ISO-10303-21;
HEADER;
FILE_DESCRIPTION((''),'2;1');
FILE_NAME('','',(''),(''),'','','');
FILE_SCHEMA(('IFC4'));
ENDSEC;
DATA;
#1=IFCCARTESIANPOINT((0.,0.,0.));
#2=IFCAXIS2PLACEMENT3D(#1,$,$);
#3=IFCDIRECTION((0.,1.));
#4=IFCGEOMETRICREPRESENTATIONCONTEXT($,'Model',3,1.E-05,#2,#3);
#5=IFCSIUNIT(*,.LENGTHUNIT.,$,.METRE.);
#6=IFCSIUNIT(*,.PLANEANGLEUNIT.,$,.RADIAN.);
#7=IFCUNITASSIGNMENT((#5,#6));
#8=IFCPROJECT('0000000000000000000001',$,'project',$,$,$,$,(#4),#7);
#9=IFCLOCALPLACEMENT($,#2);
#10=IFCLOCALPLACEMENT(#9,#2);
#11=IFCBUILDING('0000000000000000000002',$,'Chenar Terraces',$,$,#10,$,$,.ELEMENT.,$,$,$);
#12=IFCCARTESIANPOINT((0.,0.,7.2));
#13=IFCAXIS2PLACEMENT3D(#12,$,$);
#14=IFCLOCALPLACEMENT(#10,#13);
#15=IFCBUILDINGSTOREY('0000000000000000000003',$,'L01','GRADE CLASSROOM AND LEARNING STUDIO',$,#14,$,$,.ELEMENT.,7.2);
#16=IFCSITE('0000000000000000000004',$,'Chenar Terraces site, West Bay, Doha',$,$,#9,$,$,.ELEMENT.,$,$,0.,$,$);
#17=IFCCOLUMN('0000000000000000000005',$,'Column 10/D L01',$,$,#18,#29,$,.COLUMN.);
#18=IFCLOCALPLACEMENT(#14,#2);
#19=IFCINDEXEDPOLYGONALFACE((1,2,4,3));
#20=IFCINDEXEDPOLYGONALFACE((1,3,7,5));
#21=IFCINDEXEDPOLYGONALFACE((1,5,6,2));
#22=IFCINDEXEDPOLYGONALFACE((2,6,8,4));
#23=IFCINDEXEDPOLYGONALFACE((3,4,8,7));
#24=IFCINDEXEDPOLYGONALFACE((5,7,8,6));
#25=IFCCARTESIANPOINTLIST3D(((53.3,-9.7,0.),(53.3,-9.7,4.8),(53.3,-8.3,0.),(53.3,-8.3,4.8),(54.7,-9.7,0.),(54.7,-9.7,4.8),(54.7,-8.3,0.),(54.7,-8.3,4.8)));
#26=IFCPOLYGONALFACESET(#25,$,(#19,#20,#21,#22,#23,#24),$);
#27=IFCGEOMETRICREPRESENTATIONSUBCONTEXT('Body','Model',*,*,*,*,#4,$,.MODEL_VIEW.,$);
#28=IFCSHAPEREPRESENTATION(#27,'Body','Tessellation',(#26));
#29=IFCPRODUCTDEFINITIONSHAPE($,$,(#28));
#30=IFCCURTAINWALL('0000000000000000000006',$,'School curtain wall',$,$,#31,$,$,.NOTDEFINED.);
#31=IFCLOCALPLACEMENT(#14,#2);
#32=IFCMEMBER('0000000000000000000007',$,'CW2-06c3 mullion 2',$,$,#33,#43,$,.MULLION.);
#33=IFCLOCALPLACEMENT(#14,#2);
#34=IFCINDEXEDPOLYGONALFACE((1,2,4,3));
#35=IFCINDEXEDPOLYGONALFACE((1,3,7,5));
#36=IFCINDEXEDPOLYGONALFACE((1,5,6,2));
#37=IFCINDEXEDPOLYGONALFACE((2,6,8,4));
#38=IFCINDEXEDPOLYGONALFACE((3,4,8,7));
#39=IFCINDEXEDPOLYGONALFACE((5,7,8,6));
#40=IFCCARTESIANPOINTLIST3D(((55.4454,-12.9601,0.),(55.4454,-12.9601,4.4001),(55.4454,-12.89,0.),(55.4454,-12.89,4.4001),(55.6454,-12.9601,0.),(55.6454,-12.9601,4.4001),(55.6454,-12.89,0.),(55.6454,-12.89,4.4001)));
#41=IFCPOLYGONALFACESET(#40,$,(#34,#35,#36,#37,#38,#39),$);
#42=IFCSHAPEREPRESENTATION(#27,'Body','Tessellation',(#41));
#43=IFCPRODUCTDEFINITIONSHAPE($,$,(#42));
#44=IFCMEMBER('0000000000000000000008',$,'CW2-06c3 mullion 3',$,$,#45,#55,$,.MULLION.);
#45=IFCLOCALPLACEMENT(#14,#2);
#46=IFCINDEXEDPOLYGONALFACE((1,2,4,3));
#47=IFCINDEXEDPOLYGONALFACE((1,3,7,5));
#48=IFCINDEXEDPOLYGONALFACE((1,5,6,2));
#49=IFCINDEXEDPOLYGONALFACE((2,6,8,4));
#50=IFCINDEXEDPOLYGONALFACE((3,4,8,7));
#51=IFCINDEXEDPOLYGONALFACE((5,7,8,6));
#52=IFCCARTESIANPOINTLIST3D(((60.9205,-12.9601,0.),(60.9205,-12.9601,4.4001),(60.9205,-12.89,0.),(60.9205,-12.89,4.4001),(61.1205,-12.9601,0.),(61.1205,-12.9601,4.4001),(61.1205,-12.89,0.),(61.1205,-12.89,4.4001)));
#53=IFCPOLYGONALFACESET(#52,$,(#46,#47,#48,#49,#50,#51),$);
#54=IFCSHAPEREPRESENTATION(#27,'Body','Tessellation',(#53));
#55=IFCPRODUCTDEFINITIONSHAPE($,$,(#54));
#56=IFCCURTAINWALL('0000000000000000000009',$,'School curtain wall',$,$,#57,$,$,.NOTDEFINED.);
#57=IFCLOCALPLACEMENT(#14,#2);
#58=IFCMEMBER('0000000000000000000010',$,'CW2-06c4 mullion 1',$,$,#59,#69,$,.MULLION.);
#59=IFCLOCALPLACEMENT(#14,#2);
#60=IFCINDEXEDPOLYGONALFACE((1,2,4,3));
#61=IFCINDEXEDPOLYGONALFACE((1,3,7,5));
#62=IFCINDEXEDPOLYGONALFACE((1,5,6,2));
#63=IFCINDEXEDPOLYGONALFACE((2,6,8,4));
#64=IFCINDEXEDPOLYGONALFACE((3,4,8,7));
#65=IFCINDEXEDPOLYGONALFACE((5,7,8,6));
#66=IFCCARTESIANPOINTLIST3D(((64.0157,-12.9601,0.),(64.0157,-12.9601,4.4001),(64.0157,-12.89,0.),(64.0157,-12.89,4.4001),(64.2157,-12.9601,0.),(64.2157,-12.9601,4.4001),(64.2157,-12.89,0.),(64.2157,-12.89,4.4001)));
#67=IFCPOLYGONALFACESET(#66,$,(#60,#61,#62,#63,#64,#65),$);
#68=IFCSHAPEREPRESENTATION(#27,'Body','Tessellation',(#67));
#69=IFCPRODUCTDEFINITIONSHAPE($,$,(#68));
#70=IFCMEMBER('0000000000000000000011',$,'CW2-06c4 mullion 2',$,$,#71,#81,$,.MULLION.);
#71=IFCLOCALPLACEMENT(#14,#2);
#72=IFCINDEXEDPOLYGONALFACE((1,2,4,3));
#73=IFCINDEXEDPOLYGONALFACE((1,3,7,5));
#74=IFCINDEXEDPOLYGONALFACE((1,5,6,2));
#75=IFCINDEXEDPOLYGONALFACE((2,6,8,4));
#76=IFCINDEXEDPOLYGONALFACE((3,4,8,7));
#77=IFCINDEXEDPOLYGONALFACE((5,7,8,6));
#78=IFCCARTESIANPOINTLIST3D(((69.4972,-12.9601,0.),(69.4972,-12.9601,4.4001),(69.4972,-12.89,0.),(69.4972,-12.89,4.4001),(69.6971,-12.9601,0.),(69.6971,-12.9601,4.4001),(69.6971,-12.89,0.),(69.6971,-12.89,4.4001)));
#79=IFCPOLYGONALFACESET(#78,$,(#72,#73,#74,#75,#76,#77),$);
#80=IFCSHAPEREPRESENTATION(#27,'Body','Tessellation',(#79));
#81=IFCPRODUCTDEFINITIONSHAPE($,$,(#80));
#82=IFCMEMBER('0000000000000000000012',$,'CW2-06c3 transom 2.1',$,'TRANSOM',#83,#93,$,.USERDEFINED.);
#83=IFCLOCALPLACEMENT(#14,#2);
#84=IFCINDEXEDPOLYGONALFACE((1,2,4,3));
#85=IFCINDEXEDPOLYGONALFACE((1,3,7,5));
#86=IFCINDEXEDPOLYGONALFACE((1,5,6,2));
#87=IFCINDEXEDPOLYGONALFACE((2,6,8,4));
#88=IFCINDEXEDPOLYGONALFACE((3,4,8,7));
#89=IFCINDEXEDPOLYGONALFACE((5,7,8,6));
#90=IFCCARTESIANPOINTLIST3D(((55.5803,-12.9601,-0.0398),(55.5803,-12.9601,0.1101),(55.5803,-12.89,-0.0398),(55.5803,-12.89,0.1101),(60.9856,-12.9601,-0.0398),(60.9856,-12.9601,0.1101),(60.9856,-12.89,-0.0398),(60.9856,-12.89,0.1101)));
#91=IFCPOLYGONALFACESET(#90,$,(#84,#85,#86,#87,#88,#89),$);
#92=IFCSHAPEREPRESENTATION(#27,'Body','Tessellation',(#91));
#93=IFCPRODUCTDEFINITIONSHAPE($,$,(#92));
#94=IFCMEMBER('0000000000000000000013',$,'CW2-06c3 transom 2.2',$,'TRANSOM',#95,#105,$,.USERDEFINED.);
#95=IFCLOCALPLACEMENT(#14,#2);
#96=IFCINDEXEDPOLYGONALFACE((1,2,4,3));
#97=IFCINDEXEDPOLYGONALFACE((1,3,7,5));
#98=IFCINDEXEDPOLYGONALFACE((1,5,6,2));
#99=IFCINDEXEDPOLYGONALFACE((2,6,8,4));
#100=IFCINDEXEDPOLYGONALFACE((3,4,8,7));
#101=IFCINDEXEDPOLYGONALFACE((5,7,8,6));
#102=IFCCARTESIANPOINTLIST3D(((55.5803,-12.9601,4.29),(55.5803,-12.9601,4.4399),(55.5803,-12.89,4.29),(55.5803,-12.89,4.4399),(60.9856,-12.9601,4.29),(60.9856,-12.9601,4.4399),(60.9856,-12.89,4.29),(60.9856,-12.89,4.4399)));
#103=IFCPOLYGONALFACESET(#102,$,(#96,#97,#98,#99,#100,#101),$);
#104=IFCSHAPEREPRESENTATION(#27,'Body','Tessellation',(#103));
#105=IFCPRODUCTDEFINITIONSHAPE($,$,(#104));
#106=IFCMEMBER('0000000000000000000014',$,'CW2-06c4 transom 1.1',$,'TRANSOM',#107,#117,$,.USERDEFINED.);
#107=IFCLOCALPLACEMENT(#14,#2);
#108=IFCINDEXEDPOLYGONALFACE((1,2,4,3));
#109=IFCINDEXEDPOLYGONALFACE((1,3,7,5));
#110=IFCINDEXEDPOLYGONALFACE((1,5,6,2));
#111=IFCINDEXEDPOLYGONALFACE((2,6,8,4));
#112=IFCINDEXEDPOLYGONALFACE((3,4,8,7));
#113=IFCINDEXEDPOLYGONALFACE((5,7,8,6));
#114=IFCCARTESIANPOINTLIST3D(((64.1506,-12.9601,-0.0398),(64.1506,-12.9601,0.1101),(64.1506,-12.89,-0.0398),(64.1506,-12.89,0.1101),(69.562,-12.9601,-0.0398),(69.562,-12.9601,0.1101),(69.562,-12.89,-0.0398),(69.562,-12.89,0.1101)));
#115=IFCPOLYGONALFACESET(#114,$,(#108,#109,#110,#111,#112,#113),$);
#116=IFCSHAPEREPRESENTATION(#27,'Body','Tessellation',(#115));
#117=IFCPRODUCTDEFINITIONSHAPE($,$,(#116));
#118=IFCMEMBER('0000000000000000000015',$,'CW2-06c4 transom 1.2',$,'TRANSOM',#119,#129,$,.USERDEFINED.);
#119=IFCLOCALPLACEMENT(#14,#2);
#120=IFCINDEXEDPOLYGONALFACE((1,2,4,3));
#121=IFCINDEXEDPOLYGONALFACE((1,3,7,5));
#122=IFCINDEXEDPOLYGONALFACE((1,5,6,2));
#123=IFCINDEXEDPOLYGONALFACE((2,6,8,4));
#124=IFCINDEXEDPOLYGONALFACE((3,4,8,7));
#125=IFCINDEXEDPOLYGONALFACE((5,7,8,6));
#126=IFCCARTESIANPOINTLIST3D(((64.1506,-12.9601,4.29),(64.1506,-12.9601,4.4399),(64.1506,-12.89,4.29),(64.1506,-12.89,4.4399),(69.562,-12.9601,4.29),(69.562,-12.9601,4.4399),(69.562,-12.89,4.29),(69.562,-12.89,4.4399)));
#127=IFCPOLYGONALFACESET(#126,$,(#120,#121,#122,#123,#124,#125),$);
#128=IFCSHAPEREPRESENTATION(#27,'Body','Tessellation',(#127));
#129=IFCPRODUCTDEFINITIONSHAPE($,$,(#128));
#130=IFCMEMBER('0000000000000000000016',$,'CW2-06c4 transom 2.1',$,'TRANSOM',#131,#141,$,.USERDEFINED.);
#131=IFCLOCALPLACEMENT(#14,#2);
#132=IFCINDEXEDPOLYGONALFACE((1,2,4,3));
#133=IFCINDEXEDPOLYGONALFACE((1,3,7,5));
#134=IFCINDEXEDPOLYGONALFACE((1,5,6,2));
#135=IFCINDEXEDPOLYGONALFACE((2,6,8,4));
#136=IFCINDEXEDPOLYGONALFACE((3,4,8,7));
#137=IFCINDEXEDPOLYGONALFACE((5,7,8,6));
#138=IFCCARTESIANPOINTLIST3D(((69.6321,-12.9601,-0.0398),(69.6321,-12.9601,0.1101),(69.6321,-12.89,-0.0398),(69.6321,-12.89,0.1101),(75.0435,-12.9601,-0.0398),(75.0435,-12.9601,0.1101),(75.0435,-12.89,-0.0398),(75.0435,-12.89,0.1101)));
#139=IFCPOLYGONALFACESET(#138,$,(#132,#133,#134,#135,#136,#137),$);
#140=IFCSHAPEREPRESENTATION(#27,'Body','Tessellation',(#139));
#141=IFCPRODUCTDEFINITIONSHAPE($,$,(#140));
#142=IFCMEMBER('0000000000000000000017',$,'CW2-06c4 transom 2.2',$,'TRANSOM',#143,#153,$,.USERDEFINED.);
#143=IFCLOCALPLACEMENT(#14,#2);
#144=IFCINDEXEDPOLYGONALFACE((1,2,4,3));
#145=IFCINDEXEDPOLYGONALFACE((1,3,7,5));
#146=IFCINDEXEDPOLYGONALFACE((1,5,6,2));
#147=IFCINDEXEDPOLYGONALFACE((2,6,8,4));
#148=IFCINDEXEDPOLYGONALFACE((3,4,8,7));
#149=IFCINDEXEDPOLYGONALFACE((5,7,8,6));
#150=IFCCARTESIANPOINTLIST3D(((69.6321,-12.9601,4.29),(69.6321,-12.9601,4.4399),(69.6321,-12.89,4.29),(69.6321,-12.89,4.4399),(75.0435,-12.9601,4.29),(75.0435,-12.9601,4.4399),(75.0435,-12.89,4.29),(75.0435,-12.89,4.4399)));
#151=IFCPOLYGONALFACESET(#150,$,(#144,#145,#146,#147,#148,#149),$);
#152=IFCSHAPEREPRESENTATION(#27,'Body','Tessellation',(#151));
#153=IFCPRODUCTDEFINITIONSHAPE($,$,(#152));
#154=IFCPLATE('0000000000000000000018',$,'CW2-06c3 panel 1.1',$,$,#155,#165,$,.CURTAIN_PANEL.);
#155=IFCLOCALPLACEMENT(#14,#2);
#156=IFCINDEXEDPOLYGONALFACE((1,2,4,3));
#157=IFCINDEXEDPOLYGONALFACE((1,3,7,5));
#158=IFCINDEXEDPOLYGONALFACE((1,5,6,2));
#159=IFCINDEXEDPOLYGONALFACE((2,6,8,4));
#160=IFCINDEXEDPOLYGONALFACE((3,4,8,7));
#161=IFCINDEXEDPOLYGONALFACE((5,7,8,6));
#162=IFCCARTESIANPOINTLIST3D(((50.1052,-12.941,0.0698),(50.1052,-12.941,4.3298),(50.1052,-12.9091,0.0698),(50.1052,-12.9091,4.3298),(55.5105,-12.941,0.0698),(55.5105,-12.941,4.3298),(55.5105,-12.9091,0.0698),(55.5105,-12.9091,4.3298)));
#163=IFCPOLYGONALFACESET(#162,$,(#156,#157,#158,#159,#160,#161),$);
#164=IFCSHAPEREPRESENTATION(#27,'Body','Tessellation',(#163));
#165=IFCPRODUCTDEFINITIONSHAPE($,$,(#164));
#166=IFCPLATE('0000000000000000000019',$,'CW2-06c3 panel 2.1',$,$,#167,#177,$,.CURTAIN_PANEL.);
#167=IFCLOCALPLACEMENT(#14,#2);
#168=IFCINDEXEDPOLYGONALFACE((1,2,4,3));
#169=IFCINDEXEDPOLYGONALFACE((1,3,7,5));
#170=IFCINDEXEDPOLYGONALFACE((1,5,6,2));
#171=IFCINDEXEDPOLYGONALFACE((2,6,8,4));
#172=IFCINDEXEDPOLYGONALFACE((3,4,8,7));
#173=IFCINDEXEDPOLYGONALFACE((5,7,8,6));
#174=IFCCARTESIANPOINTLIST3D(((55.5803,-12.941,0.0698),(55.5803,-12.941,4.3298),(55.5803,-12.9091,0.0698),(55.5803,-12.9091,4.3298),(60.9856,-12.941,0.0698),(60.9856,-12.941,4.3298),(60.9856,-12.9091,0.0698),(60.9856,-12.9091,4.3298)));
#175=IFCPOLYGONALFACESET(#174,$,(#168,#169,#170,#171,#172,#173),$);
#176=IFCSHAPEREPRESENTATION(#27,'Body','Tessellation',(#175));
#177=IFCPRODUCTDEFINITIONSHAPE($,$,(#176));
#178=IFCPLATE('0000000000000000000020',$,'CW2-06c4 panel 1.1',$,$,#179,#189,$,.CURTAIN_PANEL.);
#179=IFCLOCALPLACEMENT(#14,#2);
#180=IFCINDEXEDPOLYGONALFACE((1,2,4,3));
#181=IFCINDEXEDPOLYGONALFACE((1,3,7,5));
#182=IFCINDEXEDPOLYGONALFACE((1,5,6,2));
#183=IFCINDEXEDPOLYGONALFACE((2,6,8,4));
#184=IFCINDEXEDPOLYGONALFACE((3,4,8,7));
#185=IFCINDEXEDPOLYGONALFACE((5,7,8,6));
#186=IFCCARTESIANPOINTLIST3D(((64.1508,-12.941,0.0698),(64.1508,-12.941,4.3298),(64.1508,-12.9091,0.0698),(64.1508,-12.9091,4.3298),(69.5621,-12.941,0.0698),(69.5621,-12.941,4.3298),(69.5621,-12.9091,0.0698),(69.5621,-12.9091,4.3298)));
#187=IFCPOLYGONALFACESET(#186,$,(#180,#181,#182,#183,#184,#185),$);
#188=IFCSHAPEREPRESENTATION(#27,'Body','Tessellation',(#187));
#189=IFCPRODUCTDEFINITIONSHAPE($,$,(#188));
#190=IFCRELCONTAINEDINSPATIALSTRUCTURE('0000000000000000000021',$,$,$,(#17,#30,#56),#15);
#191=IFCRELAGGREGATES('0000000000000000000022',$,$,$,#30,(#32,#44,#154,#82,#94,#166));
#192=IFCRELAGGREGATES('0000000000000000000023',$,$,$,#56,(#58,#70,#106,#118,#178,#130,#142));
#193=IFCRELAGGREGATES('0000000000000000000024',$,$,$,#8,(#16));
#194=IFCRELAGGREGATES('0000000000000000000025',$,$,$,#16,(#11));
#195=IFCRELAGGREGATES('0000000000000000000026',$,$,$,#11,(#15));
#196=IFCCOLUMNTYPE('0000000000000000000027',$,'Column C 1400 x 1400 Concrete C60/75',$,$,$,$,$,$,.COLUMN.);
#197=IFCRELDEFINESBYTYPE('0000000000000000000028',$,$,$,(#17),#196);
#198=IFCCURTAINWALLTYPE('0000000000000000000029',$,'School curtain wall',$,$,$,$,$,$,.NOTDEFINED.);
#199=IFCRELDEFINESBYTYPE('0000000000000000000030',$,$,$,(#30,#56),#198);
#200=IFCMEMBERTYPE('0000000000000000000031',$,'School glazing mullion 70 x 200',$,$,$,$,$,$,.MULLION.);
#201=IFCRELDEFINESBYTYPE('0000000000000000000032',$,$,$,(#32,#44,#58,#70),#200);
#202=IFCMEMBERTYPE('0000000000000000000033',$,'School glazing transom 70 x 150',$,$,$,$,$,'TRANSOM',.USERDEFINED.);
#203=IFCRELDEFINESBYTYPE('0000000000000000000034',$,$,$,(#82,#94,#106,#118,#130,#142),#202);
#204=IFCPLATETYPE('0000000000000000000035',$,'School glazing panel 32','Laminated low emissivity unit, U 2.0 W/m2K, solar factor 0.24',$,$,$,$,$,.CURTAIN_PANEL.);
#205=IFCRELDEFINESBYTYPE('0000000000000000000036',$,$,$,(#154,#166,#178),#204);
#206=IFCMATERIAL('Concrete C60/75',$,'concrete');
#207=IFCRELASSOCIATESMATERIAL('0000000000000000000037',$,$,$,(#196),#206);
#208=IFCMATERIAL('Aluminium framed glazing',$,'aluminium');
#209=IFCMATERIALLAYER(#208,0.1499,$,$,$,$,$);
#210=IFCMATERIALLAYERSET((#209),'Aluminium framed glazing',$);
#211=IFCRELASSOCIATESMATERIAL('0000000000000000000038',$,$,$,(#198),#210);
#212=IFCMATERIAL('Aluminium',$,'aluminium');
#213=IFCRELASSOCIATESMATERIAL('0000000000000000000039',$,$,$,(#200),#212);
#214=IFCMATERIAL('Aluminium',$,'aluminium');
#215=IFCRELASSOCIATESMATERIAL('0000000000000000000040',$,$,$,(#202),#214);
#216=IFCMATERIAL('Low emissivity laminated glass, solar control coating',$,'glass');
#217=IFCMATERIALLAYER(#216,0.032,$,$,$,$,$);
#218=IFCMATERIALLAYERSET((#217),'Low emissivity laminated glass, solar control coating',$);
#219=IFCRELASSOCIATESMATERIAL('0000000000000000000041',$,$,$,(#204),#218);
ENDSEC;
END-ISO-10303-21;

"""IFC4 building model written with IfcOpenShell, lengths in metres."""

from ifc_helpers import new_model, si_unit, direction, frame, origin, origin_2d, place, context, subcontext, project, spatial, rectangle, extrude, material, layer, layer_set, material_profile, profile_set, type_object, element, aggregate, save


model = new_model("IFC4")

# Units and contexts
model_context = context("Model", 3, precision=1e-05, world=origin(), true_north=direction((0.0, 1.0)))
body_context = subcontext(model_context, "Body", "Model", "MODEL_VIEW")
ifc_project = project(units=[si_unit("LENGTHUNIT", "METRE"), si_unit("PLANEANGLEUNIT", "RADIAN")], contexts=[model_context])

# Site, building, storey
site_placement = place(None, origin())
site = spatial("IfcSite", under=ifc_project, at=site_placement, Name="Chenar Terraces site, West Bay, Doha", CompositionType="ELEMENT", RefElevation=0.0)
building_placement = place(site_placement, origin())
building = spatial("IfcBuilding", under=site, at=building_placement, Name="Chenar Terraces", CompositionType="ELEMENT")
storey_placement = place(building_placement, frame((0.0, 0.0, 7.2)))
storey = spatial("IfcBuildingStorey", under=building, at=storey_placement, Name="L01", Description="GRADE CLASSROOM AND LEARNING STUDIO", CompositionType="ELEMENT", Elevation=7.2)

# Column
ifc_material_1 = material(Name="Concrete C60/75", Category="concrete")
ifc_material_profile_1 = material_profile(ifc_material_1, rectangle(XDim=1.3999, YDim=1.3999, at=origin_2d()), Name="C 1400 x 1400")
ifc_profile_set_1 = profile_set([ifc_material_profile_1], Name="Concrete C60/75")
column_type = type_object("IfcColumnType", Name="Column C 1400 x 1400 Concrete C60/75", PredefinedType="COLUMN", material=ifc_profile_set_1)
column_placement = place(storey_placement, frame((54.0, -9.0, 0.0), z_axis=(0.0, 0.0, 1.0), x_axis=(1.0, 0.0, 0.0)))
element("IfcColumn", 1, at=column_placement, inside=storey, type_object=column_type, Name="Column 10/D L01", PredefinedType="COLUMN", context=body_context, shape_type="SweptSolid", body=[
    extrude(rectangle(XDim=1.3999, YDim=1.3999, at=origin_2d()), origin(), (0.0, 0.0, 1.0), 4.8),
])

# Curtain walls, members
ifc_material_2 = material(Name="Aluminium framed glazing", Category="aluminium")
ifc_layer_1 = layer(ifc_material_2, 0.1499)
ifc_layer_set_1 = layer_set([ifc_layer_1], Name="Aluminium framed glazing")
curtain_wall_type = type_object("IfcCurtainWallType", Name="School curtain wall", PredefinedType="NOTDEFINED", material=ifc_layer_set_1)
placement = place(storey_placement, origin())
curtain_wall_1 = element("IfcCurtainWall", 2, at=placement, inside=storey, type_object=curtain_wall_type, Name="School curtain wall", PredefinedType="NOTDEFINED")
ifc_material_3 = material(Name="Aluminium", Category="aluminium")
ifc_material_profile_2 = material_profile(ifc_material_3, rectangle(XDim=0.0701, YDim=0.2, at=origin_2d()), Name="School glazing mullion 70 x 200")
ifc_profile_set_2 = profile_set([ifc_material_profile_2], Name="Aluminium")
member_type_1 = type_object("IfcMemberType", Name="School glazing mullion 70 x 200", PredefinedType="MULLION", material=ifc_profile_set_2)
member_1_placement = place(storey_placement, frame((55.5454, -12.925, 0.0), z_axis=(0.0, 0.0, 1.0), x_axis=(0.0, 1.0, 0.0)))
member_1 = element("IfcMember", 3, at=member_1_placement, type_object=member_type_1, Name="CW2-06c3 mullion 2", PredefinedType="MULLION", context=body_context, shape_type="SweptSolid", body=[
    extrude(rectangle(XDim=0.0701, YDim=0.2, at=origin_2d()), origin(), (0.0, 0.0, 1.0), 4.4001),
])
member_2_placement = place(storey_placement, frame((61.0205, -12.925, 0.0), z_axis=(0.0, 0.0, 1.0), x_axis=(0.0, 1.0, 0.0)))
member_2 = element("IfcMember", 4, at=member_2_placement, type_object=member_type_1, Name="CW2-06c3 mullion 3", PredefinedType="MULLION", context=body_context, shape_type="SweptSolid", body=[
    extrude(rectangle(XDim=0.0701, YDim=0.2, at=origin_2d()), origin(), (0.0, 0.0, 1.0), 4.4001),
])
curtain_wall_2 = element("IfcCurtainWall", 5, at=placement, inside=storey, type_object=curtain_wall_type, Name="School curtain wall", PredefinedType="NOTDEFINED")
member_3_placement = place(storey_placement, frame((64.1157, -12.925, 0.0), z_axis=(0.0, 0.0, 1.0), x_axis=(0.0, 1.0, 0.0)))
member_3 = element("IfcMember", 6, at=member_3_placement, type_object=member_type_1, Name="CW2-06c4 mullion 1", PredefinedType="MULLION", context=body_context, shape_type="SweptSolid", body=[
    extrude(rectangle(XDim=0.0701, YDim=0.2, at=origin_2d()), origin(), (0.0, 0.0, 1.0), 4.4001),
])
member_4_placement = place(storey_placement, frame((69.5972, -12.925, 0.0), z_axis=(0.0, 0.0, 1.0), x_axis=(0.0, 1.0, 0.0)))
member_4 = element("IfcMember", 7, at=member_4_placement, type_object=member_type_1, Name="CW2-06c4 mullion 2", PredefinedType="MULLION", context=body_context, shape_type="SweptSolid", body=[
    extrude(rectangle(XDim=0.0701, YDim=0.2, at=origin_2d()), origin(), (0.0, 0.0, 1.0), 4.4001),
])

# Members
ifc_material_4 = material(Name="Aluminium", Category="aluminium")
ifc_material_profile_3 = material_profile(ifc_material_4, rectangle(XDim=0.0701, YDim=0.1499, at=origin_2d()), Name="School glazing transom 70 x 150")
ifc_profile_set_3 = profile_set([ifc_material_profile_3], Name="Aluminium")
member_type_2 = type_object("IfcMemberType", Name="School glazing transom 70 x 150", ElementType="TRANSOM", PredefinedType="USERDEFINED", material=ifc_profile_set_3)
member_5_placement = place(storey_placement, frame((55.5803, -12.925, 0.0352), z_axis=(1.0, 0.0, 0.0), x_axis=(0.0, 1.0, 0.0)))
member_5 = element("IfcMember", 8, at=member_5_placement, type_object=member_type_2, Name="CW2-06c3 transom 2.1", ObjectType="TRANSOM", PredefinedType="USERDEFINED", context=body_context, shape_type="SweptSolid", body=[
    extrude(rectangle(XDim=0.0701, YDim=0.1499, at=origin_2d()), origin(), (0.0, 0.0, 1.0), 5.4053),
])
member_6_placement = place(storey_placement, frame((55.5803, -12.925, 4.365), z_axis=(1.0, 0.0, 0.0), x_axis=(0.0, 1.0, 0.0)))
member_6 = element("IfcMember", 9, at=member_6_placement, type_object=member_type_2, Name="CW2-06c3 transom 2.2", ObjectType="TRANSOM", PredefinedType="USERDEFINED", context=body_context, shape_type="SweptSolid", body=[
    extrude(rectangle(XDim=0.0701, YDim=0.1499, at=origin_2d()), origin(), (0.0, 0.0, 1.0), 5.4053),
])
member_7_placement = place(storey_placement, frame((64.1506, -12.925, 0.0352), z_axis=(1.0, 0.0, 0.0), x_axis=(0.0, 1.0, 0.0)))
member_7 = element("IfcMember", 10, at=member_7_placement, type_object=member_type_2, Name="CW2-06c4 transom 1.1", ObjectType="TRANSOM", PredefinedType="USERDEFINED", context=body_context, shape_type="SweptSolid", body=[
    extrude(rectangle(XDim=0.0701, YDim=0.1499, at=origin_2d()), origin(), (0.0, 0.0, 1.0), 5.4114),
])
member_8_placement = place(storey_placement, frame((64.1506, -12.925, 4.365), z_axis=(1.0, 0.0, 0.0), x_axis=(0.0, 1.0, 0.0)))
member_8 = element("IfcMember", 11, at=member_8_placement, type_object=member_type_2, Name="CW2-06c4 transom 1.2", ObjectType="TRANSOM", PredefinedType="USERDEFINED", context=body_context, shape_type="SweptSolid", body=[
    extrude(rectangle(XDim=0.0701, YDim=0.1499, at=origin_2d()), origin(), (0.0, 0.0, 1.0), 5.4114),
])
member_9_placement = place(storey_placement, frame((69.6321, -12.925, 0.0352), z_axis=(1.0, 0.0, 0.0), x_axis=(0.0, 1.0, 0.0)))
member_9 = element("IfcMember", 12, at=member_9_placement, type_object=member_type_2, Name="CW2-06c4 transom 2.1", ObjectType="TRANSOM", PredefinedType="USERDEFINED", context=body_context, shape_type="SweptSolid", body=[
    extrude(rectangle(XDim=0.0701, YDim=0.1499, at=origin_2d()), origin(), (0.0, 0.0, 1.0), 5.4114),
])
member_10_placement = place(storey_placement, frame((69.6321, -12.925, 4.365), z_axis=(1.0, 0.0, 0.0), x_axis=(0.0, 1.0, 0.0)))
member_10 = element("IfcMember", 13, at=member_10_placement, type_object=member_type_2, Name="CW2-06c4 transom 2.2", ObjectType="TRANSOM", PredefinedType="USERDEFINED", context=body_context, shape_type="SweptSolid", body=[
    extrude(rectangle(XDim=0.0701, YDim=0.1499, at=origin_2d()), origin(), (0.0, 0.0, 1.0), 5.4114),
])

# Plates
ifc_material_5 = material(Name="Low emissivity laminated glass, solar control coating", Category="glass")
ifc_layer_2 = layer(ifc_material_5, 0.032)
ifc_layer_set_2 = layer_set([ifc_layer_2], Name="Low emissivity laminated glass, solar control coating")
plate_type = type_object("IfcPlateType", Name="School glazing panel 32", Description="Laminated low emissivity unit, U 2.0 W/m2K, solar factor 0.24", PredefinedType="CURTAIN_PANEL", material=ifc_layer_set_2)
plate_1_placement = place(storey_placement, frame((52.8079, -12.925, 0.0698), z_axis=(0.0, 0.0, 1.0), x_axis=(1.0, 0.0, 0.0)))
plate_1 = element("IfcPlate", 14, at=plate_1_placement, type_object=plate_type, Name="CW2-06c3 panel 1.1", PredefinedType="CURTAIN_PANEL", context=body_context, shape_type="SweptSolid", body=[
    extrude(rectangle(XDim=5.4053, YDim=0.032, at=origin_2d()), origin(), (0.0, 0.0, 1.0), 4.26),
])
plate_2_placement = place(storey_placement, frame((58.283, -12.925, 0.0698), z_axis=(0.0, 0.0, 1.0), x_axis=(1.0, 0.0, 0.0)))
plate_2 = element("IfcPlate", 15, at=plate_2_placement, type_object=plate_type, Name="CW2-06c3 panel 2.1", PredefinedType="CURTAIN_PANEL", context=body_context, shape_type="SweptSolid", body=[
    extrude(rectangle(XDim=5.4053, YDim=0.032, at=origin_2d()), origin(), (0.0, 0.0, 1.0), 4.26),
])
aggregate(curtain_wall_1, [member_1, member_2, plate_1, member_5, member_6, plate_2])
plate_3_placement = place(storey_placement, frame((66.8564, -12.925, 0.0698), z_axis=(0.0, 0.0, 1.0), x_axis=(1.0, 0.0, 0.0)))
plate_3 = element("IfcPlate", 16, at=plate_3_placement, type_object=plate_type, Name="CW2-06c4 panel 1.1", PredefinedType="CURTAIN_PANEL", context=body_context, shape_type="SweptSolid", body=[
    extrude(rectangle(XDim=5.4114, YDim=0.032, at=origin_2d()), origin(), (0.0, 0.0, 1.0), 4.26),
])
aggregate(curtain_wall_2, [member_3, member_4, member_7, member_8, plate_3, member_9, member_10])

save(model, "model.ifc")
